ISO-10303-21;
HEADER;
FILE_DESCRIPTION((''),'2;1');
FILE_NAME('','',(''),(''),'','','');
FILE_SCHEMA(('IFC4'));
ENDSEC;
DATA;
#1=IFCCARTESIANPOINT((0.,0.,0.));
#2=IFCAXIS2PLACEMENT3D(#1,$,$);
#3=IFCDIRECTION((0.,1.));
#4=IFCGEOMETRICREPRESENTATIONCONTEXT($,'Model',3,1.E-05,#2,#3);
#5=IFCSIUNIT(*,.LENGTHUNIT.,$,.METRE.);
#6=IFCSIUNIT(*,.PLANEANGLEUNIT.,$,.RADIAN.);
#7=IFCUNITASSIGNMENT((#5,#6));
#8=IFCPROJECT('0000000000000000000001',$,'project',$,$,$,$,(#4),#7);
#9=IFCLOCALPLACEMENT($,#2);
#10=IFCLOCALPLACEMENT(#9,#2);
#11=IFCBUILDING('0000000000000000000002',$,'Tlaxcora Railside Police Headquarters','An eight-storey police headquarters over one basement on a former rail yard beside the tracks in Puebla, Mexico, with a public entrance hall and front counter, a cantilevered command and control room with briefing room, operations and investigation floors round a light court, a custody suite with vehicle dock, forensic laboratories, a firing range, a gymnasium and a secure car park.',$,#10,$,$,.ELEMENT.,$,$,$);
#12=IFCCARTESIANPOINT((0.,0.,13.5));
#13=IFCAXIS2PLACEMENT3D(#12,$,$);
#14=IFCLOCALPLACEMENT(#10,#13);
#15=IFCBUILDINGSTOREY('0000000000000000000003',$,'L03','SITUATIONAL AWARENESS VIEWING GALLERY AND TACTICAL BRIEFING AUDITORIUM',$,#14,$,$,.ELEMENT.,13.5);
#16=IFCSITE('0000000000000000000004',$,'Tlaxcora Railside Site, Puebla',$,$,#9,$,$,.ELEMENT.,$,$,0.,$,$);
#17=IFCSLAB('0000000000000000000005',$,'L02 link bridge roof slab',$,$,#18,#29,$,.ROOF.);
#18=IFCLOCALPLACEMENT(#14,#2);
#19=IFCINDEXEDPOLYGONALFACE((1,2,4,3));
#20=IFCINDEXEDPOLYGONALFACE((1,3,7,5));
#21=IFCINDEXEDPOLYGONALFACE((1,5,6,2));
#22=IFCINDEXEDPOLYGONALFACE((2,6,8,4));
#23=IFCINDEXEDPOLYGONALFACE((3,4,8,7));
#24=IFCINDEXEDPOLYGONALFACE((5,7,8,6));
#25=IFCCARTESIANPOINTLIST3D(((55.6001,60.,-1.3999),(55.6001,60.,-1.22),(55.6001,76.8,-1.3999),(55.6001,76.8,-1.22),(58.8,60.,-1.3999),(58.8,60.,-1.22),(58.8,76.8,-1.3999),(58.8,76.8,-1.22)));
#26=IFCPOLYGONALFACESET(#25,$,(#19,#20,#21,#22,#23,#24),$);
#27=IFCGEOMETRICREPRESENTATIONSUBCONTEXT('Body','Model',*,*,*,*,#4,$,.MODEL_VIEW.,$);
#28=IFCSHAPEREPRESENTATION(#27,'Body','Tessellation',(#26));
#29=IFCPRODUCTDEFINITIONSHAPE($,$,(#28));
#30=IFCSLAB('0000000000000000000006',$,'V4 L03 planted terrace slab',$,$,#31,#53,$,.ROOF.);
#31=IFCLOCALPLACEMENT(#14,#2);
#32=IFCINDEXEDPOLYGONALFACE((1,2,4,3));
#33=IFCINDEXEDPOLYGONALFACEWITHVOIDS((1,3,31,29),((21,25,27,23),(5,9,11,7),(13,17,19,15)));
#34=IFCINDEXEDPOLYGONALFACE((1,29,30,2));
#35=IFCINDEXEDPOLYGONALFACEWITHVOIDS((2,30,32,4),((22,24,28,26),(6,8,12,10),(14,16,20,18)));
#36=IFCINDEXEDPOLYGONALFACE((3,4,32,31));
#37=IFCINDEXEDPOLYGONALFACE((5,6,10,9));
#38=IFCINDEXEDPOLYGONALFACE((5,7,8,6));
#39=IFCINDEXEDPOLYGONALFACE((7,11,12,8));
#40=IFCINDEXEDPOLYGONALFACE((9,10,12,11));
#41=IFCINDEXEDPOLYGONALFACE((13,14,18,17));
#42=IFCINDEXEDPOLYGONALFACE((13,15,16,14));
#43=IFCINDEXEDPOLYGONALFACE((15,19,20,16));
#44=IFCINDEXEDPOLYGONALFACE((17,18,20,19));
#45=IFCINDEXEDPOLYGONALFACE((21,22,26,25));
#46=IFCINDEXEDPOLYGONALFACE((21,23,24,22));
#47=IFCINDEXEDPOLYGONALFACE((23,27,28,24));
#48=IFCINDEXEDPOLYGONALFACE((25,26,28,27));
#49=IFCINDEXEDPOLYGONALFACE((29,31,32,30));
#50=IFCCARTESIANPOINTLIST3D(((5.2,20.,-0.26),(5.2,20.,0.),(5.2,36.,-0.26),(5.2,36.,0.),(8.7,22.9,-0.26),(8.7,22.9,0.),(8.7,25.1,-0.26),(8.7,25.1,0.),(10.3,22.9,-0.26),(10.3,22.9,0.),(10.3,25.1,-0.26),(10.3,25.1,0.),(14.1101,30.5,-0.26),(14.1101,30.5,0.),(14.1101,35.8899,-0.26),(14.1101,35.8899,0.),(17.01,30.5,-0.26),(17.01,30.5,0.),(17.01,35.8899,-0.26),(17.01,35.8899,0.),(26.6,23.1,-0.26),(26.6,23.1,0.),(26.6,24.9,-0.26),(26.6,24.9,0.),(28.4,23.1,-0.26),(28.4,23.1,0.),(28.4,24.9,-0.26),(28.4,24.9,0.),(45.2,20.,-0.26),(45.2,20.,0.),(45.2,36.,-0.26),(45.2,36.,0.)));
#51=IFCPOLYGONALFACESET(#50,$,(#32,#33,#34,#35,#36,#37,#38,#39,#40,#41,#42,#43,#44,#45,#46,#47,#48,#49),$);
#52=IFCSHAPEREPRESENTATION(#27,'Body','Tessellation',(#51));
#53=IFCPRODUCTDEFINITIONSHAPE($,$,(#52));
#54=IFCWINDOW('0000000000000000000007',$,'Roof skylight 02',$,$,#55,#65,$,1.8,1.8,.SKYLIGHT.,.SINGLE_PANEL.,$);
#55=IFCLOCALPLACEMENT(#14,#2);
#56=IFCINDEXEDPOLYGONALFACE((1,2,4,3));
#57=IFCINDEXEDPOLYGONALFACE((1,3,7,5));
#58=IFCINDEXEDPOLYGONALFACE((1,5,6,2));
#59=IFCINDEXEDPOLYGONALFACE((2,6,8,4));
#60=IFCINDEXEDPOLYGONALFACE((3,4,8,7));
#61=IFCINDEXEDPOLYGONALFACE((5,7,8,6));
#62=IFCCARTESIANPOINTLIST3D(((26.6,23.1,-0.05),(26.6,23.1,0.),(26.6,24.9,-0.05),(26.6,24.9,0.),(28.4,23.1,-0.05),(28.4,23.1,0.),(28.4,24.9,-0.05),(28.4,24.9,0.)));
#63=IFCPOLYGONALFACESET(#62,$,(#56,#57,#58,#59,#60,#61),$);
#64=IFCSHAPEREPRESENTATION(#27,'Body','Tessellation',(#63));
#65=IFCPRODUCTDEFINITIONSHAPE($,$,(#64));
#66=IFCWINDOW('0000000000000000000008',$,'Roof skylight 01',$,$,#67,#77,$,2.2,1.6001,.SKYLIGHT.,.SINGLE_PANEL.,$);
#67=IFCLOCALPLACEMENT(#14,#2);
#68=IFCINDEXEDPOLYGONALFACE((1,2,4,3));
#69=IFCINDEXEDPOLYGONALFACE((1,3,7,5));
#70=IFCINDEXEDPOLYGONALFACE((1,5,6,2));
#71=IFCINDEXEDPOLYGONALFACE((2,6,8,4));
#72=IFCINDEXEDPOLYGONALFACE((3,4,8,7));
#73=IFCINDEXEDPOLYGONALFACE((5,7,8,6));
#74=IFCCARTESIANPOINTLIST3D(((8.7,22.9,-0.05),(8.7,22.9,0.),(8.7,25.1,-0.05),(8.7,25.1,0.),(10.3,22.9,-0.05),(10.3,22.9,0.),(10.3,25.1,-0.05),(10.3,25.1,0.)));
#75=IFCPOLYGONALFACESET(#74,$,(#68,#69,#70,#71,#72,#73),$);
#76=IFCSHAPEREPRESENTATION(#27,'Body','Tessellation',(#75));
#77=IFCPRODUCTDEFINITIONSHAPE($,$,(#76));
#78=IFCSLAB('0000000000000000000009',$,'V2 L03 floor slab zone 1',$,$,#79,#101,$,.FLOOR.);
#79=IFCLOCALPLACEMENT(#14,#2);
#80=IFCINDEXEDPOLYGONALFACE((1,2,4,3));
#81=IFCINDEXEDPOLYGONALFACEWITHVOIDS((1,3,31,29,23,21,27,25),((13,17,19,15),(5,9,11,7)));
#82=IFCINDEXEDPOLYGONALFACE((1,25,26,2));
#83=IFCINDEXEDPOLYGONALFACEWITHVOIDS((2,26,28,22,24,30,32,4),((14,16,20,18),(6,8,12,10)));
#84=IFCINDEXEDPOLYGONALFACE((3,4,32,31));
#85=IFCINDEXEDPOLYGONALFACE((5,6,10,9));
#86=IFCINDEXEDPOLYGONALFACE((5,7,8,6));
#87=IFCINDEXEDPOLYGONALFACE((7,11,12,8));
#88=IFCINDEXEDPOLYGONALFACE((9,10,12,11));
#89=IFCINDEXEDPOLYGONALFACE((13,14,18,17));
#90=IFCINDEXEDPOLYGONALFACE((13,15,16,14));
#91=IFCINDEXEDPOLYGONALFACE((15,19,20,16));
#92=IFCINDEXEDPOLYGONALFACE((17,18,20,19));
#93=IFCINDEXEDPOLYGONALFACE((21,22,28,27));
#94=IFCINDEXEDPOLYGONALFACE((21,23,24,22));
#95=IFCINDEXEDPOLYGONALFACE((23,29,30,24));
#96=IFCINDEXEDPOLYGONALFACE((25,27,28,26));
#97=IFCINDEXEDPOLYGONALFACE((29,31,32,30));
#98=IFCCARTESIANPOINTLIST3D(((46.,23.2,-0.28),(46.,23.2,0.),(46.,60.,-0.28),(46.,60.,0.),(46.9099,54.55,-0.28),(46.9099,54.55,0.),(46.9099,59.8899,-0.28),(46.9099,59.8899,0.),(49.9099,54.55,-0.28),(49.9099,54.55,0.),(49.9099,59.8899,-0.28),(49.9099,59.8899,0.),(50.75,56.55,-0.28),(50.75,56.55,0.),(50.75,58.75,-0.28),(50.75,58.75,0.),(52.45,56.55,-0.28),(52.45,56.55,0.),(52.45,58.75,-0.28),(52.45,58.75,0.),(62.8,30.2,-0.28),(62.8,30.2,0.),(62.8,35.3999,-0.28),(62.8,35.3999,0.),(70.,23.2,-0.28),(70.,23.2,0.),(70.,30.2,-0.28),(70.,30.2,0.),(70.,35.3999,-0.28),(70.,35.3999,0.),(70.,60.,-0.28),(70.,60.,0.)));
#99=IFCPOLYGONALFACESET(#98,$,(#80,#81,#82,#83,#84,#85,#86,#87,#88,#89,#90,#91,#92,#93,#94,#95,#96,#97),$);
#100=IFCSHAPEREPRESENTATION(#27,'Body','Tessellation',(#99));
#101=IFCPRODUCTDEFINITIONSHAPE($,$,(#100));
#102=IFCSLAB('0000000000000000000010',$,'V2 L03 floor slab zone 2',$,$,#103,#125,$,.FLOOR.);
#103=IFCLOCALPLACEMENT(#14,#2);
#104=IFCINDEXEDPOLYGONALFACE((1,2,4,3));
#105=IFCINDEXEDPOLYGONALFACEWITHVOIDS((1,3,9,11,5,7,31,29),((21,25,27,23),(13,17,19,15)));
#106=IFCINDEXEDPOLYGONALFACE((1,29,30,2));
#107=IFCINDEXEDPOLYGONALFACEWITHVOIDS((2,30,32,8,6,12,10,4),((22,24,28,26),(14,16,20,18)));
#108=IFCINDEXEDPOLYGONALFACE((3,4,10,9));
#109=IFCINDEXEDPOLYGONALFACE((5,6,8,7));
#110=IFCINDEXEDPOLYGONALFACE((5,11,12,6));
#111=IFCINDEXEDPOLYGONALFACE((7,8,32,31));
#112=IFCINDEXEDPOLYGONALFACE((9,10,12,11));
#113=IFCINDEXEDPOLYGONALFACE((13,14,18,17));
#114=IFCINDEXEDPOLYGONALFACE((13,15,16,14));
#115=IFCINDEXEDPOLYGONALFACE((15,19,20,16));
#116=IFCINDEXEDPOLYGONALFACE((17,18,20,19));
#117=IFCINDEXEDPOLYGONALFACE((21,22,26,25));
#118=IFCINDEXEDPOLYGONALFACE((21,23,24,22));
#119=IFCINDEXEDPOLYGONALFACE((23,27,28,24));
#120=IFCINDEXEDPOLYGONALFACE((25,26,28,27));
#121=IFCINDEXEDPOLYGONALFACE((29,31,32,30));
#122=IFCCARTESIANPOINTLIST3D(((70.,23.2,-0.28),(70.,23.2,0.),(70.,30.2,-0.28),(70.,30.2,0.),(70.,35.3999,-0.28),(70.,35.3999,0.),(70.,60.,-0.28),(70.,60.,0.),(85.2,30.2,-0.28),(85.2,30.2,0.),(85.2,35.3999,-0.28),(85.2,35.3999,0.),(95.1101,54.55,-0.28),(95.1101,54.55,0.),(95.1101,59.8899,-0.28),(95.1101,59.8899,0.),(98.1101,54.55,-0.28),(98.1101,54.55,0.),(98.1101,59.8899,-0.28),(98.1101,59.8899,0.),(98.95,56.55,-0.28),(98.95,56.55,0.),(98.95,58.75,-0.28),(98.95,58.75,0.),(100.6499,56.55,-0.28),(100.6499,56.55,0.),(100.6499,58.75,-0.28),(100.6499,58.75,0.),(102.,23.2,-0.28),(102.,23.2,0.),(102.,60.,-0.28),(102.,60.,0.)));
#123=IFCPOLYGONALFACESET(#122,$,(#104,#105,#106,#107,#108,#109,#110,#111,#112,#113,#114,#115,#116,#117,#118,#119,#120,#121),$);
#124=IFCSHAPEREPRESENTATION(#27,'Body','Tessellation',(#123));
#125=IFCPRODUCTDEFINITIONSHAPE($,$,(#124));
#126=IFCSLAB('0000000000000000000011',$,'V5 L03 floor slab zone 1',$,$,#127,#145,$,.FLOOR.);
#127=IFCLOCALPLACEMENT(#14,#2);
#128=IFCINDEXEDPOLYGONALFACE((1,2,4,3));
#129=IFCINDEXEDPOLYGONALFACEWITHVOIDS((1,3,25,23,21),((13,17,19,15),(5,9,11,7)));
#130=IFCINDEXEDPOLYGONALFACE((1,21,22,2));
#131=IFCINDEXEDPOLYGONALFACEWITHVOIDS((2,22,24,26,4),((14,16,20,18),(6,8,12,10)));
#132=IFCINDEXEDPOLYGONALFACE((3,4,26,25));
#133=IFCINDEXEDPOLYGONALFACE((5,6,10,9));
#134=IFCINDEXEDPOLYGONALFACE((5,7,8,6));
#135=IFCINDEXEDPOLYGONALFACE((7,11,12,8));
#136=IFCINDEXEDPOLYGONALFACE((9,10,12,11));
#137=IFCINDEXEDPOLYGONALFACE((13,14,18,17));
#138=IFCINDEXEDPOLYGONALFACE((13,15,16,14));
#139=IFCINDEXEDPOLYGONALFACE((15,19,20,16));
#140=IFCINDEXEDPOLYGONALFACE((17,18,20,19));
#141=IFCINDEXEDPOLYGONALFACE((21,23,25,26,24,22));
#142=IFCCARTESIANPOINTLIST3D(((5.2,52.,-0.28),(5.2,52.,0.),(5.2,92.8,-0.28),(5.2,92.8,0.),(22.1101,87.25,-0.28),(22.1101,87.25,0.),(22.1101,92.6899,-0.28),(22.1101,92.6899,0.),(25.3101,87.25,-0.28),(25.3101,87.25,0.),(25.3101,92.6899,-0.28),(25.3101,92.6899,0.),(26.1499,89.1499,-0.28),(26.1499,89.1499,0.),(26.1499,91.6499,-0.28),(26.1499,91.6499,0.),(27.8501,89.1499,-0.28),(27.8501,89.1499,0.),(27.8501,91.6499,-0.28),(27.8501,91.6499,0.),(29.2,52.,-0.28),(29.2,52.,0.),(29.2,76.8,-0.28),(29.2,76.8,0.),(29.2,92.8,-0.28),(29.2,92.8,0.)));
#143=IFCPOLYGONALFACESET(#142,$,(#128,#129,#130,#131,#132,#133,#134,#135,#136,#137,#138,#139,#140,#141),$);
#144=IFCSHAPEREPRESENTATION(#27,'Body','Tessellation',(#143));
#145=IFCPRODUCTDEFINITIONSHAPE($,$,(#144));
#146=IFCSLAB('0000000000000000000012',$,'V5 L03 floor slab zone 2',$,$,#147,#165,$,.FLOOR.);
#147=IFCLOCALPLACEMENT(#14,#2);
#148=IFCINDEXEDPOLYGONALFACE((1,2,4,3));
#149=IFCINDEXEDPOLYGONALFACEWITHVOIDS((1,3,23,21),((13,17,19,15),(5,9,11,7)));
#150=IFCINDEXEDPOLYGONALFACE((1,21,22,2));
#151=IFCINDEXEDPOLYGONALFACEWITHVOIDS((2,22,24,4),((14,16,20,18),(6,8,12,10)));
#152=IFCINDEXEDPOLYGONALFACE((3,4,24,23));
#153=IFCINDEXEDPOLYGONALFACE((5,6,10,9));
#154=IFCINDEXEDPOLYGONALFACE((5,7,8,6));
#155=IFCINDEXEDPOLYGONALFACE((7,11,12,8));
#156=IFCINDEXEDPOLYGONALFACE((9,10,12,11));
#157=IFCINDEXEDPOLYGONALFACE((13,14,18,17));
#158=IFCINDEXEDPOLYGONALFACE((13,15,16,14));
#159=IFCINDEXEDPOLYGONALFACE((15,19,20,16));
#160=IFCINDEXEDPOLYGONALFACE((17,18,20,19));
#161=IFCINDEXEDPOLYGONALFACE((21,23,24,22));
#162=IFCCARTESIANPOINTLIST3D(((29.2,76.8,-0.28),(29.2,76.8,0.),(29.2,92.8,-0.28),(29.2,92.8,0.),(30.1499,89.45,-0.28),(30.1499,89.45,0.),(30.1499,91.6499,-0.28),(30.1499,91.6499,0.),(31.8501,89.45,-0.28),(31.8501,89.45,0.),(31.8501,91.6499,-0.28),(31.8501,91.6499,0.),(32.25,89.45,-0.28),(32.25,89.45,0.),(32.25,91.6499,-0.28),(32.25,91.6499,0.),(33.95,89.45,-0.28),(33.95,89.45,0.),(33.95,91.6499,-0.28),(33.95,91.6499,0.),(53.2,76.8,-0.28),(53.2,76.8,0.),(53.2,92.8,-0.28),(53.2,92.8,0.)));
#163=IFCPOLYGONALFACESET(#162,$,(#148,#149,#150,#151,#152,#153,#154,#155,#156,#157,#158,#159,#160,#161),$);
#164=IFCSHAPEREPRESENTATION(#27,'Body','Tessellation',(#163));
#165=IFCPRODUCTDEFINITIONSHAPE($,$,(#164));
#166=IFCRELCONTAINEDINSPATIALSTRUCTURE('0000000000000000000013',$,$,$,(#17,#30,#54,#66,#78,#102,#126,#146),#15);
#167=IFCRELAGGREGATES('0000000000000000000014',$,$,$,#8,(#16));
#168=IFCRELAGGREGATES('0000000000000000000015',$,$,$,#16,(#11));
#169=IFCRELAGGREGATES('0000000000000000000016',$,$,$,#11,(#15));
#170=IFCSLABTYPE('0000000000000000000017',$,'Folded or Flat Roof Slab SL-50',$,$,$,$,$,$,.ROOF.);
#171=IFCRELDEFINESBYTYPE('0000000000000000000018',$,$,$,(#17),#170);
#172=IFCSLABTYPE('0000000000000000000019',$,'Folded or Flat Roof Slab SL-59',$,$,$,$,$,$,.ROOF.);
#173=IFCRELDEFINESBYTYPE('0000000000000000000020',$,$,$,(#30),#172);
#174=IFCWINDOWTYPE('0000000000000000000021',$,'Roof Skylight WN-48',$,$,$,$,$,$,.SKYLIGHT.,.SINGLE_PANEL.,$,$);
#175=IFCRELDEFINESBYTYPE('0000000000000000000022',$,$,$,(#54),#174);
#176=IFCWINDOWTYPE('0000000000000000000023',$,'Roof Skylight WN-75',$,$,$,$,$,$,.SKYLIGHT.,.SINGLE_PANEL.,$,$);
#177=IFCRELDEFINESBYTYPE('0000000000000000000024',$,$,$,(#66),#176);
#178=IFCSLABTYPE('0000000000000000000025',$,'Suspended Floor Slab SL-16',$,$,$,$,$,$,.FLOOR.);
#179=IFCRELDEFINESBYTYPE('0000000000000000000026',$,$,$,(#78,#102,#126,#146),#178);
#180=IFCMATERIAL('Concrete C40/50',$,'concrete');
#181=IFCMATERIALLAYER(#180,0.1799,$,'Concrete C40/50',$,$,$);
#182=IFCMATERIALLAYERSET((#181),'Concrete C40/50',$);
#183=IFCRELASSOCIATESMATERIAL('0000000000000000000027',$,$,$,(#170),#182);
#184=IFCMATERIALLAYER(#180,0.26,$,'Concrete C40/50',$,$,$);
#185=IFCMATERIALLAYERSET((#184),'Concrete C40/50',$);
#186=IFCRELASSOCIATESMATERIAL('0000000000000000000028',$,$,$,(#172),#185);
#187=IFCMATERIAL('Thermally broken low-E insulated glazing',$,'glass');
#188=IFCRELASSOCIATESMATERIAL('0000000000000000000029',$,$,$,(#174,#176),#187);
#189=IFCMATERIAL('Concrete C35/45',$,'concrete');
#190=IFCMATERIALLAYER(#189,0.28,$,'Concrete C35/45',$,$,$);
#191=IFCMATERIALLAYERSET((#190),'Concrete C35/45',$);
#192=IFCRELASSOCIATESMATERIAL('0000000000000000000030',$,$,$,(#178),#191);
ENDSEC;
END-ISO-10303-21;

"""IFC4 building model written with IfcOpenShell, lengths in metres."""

from ifc_helpers import new_model, si_unit, direction, frame, origin, origin_2d, place, context, subcontext, project, spatial, polyline, rectangle, outline, extrude, material, layer, layer_set, type_object, element, fill, save


model = new_model("IFC4")

# Units and contexts
model_context = context("Model", 3, precision=1e-05, world=origin(), true_north=direction((0.0, 1.0)))
body_context = subcontext(model_context, "Body", "Model", "MODEL_VIEW")
ifc_project = project(units=[si_unit("LENGTHUNIT", "METRE"), si_unit("PLANEANGLEUNIT", "RADIAN")], contexts=[model_context])

# Site, building, storey
site_placement = place(None, origin())
site = spatial("IfcSite", under=ifc_project, at=site_placement, Name="Tlaxcora Railside Site, Puebla", CompositionType="ELEMENT", RefElevation=0.0)
building_placement = place(site_placement, origin())
building = spatial("IfcBuilding", under=site, at=building_placement, Name="Tlaxcora Railside Police Headquarters", Description="An eight-storey police headquarters over one basement on a former rail yard beside the tracks in Puebla, Mexico, with a public entrance hall and front counter, a cantilevered command and control room with briefing room, operations and investigation floors round a light court, a custody suite with vehicle dock, forensic laboratories, a firing range, a gymnasium and a secure car park.", CompositionType="ELEMENT")
storey_placement = place(building_placement, frame((0.0, 0.0, 13.5)))
storey = spatial("IfcBuildingStorey", under=building, at=storey_placement, Name="L03", Description="SITUATIONAL AWARENESS VIEWING GALLERY AND TACTICAL BRIEFING AUDITORIUM", CompositionType="ELEMENT", Elevation=13.5)

# Slab
ifc_material_1 = material(Name="Concrete C40/50", Category="concrete")
ifc_layer_1 = layer(ifc_material_1, 0.1799, Name="Concrete C40/50")
ifc_layer_set_1 = layer_set([ifc_layer_1], Name="Concrete C40/50")
slab_type_1 = type_object("IfcSlabType", Name="Folded or Flat Roof Slab SL-50", PredefinedType="ROOF", material=ifc_layer_set_1)
slab_1_placement = place(storey_placement, frame((0.0, 0.0, -1.3999)))
element("IfcSlab", 1, at=slab_1_placement, inside=storey, type_object=slab_type_1, Name="L02 link bridge roof slab", PredefinedType="ROOF", context=body_context, shape_type="SweptSolid", body=[
    extrude(outline(polyline([(55.6001, 60.0), (58.8, 60.0), (58.8, 76.8), (55.6001, 76.8), (55.6001, 60.0)])), origin(), (0.0, 0.0, 1.0), 0.1799),
])

# Slab, openings, windows
ifc_layer_2 = layer(ifc_material_1, 0.26, Name="Concrete C40/50")
ifc_layer_set_2 = layer_set([ifc_layer_2], Name="Concrete C40/50")
slab_type_2 = type_object("IfcSlabType", Name="Folded or Flat Roof Slab SL-59", PredefinedType="ROOF", material=ifc_layer_set_2)
slab_2_placement = place(storey_placement, frame((0.0, 0.0, -0.26)))
slab_2 = element("IfcSlab", 2, at=slab_2_placement, inside=storey, type_object=slab_type_2, Name="V4 L03 planted terrace slab", PredefinedType="ROOF", context=body_context, shape_type="SweptSolid", body=[
    extrude(outline(polyline([(45.2, 20.0), (45.2, 36.0), (5.2, 36.0), (5.2, 20.0), (45.2, 20.0)]), holes=[polyline([(17.01, 30.5), (14.1101, 30.5), (14.1101, 35.8899), (17.01, 35.8899), (17.01, 30.5)])]), origin(), (0.0, 0.0, 1.0), 0.26),
])
opening_1_placement = place(slab_2_placement, frame((9.5, 24.0, -0.01)))
opening_1 = element("IfcOpeningElement", 3, at=opening_1_placement, cuts=slab_2, PredefinedType="OPENING", context=body_context, shape_type="SweptSolid", body=[
    extrude(rectangle(XDim=1.6001, YDim=2.2, at=origin_2d()), origin(), (0.0, 0.0, 1.0), 0.28),
])
opening_2_placement = place(slab_2_placement, frame((27.5, 24.0, -0.01)))
opening_2 = element("IfcOpeningElement", 4, at=opening_2_placement, cuts=slab_2, PredefinedType="OPENING", context=body_context, shape_type="SweptSolid", body=[
    extrude(rectangle(XDim=1.8, YDim=1.8, at=origin_2d()), origin(), (0.0, 0.0, 1.0), 0.28),
])
ifc_material_2 = material(Name="Thermally broken low-E insulated glazing", Category="glass")
window_type_1 = type_object("IfcWindowType", Name="Roof Skylight WN-48", PartitioningType="SINGLE_PANEL", PredefinedType="SKYLIGHT", material=ifc_material_2)
window_1_placement = place(opening_2_placement, frame((0.0, 0.0, 0.22)))
window_1 = element("IfcWindow", 5, at=window_1_placement, inside=storey, type_object=window_type_1, Name="Roof skylight 02", OverallHeight=1.8, OverallWidth=1.8, PartitioningType="SINGLE_PANEL", PredefinedType="SKYLIGHT", context=body_context, shape_type="SweptSolid", body=[
    extrude(rectangle(XDim=1.8, YDim=1.8, at=origin_2d()), origin(), (0.0, 0.0, 1.0), 0.05),
])
fill(opening_2, window_1)
window_type_2 = type_object("IfcWindowType", Name="Roof Skylight WN-75", PartitioningType="SINGLE_PANEL", PredefinedType="SKYLIGHT", material=ifc_material_2)
window_2_placement = place(opening_1_placement, frame((0.0, 0.0, 0.22)))
window_2 = element("IfcWindow", 6, at=window_2_placement, inside=storey, type_object=window_type_2, Name="Roof skylight 01", OverallHeight=2.2, OverallWidth=1.6001, PartitioningType="SINGLE_PANEL", PredefinedType="SKYLIGHT", context=body_context, shape_type="SweptSolid", body=[
    extrude(rectangle(XDim=1.6001, YDim=2.2, at=origin_2d()), origin(), (0.0, 0.0, 1.0), 0.05),
])
fill(opening_1, window_2)

# Slabs
ifc_material_3 = material(Name="Concrete C35/45", Category="concrete")
ifc_layer_3 = layer(ifc_material_3, 0.28, Name="Concrete C35/45")
ifc_layer_set_3 = layer_set([ifc_layer_3], Name="Concrete C35/45")
slab_type_3 = type_object("IfcSlabType", Name="Suspended Floor Slab SL-16", PredefinedType="FLOOR", material=ifc_layer_set_3)
slab_3_placement = place(storey_placement, frame((0.0, 0.0, -0.28)))
element("IfcSlab", 7, at=slab_3_placement, inside=storey, type_object=slab_type_3, Name="V2 L03 floor slab zone 1", PredefinedType="FLOOR", context=body_context, shape_type="SweptSolid", body=[
    extrude(outline(polyline([(62.8, 30.2), (62.8, 35.3999), (70.0, 35.3999), (70.0, 60.0), (46.0, 60.0), (46.0, 23.2), (70.0, 23.2), (70.0, 30.2), (62.8, 30.2)]), holes=[polyline([(46.9099, 54.55), (46.9099, 59.8899), (49.9099, 59.8899), (49.9099, 54.55), (46.9099, 54.55)]), polyline([(50.75, 58.75), (52.45, 58.75), (52.45, 56.55), (50.75, 56.55), (50.75, 58.75)])]), origin(), (0.0, 0.0, 1.0), 0.28),
])
slab_4_placement = place(storey_placement, frame((0.0, 0.0, -0.28)))
element("IfcSlab", 8, at=slab_4_placement, inside=storey, type_object=slab_type_3, Name="V2 L03 floor slab zone 2", PredefinedType="FLOOR", context=body_context, shape_type="SweptSolid", body=[
    extrude(outline(polyline([(70.0, 30.2), (70.0, 23.2), (102.0, 23.2), (102.0, 60.0), (70.0, 60.0), (70.0, 35.3999), (85.2, 35.3999), (85.2, 30.2), (70.0, 30.2)]), holes=[polyline([(98.1101, 59.8899), (98.1101, 54.55), (95.1101, 54.55), (95.1101, 59.8899), (98.1101, 59.8899)]), polyline([(100.6499, 56.55), (98.95, 56.55), (98.95, 58.75), (100.6499, 58.75), (100.6499, 56.55)])]), origin(), (0.0, 0.0, 1.0), 0.28),
])
slab_5_placement = place(storey_placement, frame((0.0, 0.0, -0.28)))
element("IfcSlab", 9, at=slab_5_placement, inside=storey, type_object=slab_type_3, Name="V5 L03 floor slab zone 1", PredefinedType="FLOOR", context=body_context, shape_type="SweptSolid", body=[
    extrude(outline(polyline([(5.2, 92.8), (5.2, 52.0), (29.2, 52.0), (29.2, 76.8), (29.2, 92.8), (5.2, 92.8)]), holes=[polyline([(22.1101, 92.6899), (25.3101, 92.6899), (25.3101, 87.25), (22.1101, 87.25), (22.1101, 92.6899)]), polyline([(27.8501, 91.6499), (27.8501, 89.1499), (26.1499, 89.1499), (26.1499, 91.6499), (27.8501, 91.6499)])]), origin(), (0.0, 0.0, 1.0), 0.28),
])
slab_6_placement = place(storey_placement, frame((0.0, 0.0, -0.28)))
element("IfcSlab", 10, at=slab_6_placement, inside=storey, type_object=slab_type_3, Name="V5 L03 floor slab zone 2", PredefinedType="FLOOR", context=body_context, shape_type="SweptSolid", body=[
    extrude(outline(polyline([(53.2, 92.8), (29.2, 92.8), (29.2, 76.8), (53.2, 76.8), (53.2, 92.8)]), holes=[polyline([(31.8501, 89.45), (30.1499, 89.45), (30.1499, 91.6499), (31.8501, 91.6499), (31.8501, 89.45)]), polyline([(32.25, 89.45), (32.25, 91.6499), (33.95, 91.6499), (33.95, 89.45), (32.25, 89.45)])]), origin(), (0.0, 0.0, 1.0), 0.28),
])

save(model, "model.ifc")
